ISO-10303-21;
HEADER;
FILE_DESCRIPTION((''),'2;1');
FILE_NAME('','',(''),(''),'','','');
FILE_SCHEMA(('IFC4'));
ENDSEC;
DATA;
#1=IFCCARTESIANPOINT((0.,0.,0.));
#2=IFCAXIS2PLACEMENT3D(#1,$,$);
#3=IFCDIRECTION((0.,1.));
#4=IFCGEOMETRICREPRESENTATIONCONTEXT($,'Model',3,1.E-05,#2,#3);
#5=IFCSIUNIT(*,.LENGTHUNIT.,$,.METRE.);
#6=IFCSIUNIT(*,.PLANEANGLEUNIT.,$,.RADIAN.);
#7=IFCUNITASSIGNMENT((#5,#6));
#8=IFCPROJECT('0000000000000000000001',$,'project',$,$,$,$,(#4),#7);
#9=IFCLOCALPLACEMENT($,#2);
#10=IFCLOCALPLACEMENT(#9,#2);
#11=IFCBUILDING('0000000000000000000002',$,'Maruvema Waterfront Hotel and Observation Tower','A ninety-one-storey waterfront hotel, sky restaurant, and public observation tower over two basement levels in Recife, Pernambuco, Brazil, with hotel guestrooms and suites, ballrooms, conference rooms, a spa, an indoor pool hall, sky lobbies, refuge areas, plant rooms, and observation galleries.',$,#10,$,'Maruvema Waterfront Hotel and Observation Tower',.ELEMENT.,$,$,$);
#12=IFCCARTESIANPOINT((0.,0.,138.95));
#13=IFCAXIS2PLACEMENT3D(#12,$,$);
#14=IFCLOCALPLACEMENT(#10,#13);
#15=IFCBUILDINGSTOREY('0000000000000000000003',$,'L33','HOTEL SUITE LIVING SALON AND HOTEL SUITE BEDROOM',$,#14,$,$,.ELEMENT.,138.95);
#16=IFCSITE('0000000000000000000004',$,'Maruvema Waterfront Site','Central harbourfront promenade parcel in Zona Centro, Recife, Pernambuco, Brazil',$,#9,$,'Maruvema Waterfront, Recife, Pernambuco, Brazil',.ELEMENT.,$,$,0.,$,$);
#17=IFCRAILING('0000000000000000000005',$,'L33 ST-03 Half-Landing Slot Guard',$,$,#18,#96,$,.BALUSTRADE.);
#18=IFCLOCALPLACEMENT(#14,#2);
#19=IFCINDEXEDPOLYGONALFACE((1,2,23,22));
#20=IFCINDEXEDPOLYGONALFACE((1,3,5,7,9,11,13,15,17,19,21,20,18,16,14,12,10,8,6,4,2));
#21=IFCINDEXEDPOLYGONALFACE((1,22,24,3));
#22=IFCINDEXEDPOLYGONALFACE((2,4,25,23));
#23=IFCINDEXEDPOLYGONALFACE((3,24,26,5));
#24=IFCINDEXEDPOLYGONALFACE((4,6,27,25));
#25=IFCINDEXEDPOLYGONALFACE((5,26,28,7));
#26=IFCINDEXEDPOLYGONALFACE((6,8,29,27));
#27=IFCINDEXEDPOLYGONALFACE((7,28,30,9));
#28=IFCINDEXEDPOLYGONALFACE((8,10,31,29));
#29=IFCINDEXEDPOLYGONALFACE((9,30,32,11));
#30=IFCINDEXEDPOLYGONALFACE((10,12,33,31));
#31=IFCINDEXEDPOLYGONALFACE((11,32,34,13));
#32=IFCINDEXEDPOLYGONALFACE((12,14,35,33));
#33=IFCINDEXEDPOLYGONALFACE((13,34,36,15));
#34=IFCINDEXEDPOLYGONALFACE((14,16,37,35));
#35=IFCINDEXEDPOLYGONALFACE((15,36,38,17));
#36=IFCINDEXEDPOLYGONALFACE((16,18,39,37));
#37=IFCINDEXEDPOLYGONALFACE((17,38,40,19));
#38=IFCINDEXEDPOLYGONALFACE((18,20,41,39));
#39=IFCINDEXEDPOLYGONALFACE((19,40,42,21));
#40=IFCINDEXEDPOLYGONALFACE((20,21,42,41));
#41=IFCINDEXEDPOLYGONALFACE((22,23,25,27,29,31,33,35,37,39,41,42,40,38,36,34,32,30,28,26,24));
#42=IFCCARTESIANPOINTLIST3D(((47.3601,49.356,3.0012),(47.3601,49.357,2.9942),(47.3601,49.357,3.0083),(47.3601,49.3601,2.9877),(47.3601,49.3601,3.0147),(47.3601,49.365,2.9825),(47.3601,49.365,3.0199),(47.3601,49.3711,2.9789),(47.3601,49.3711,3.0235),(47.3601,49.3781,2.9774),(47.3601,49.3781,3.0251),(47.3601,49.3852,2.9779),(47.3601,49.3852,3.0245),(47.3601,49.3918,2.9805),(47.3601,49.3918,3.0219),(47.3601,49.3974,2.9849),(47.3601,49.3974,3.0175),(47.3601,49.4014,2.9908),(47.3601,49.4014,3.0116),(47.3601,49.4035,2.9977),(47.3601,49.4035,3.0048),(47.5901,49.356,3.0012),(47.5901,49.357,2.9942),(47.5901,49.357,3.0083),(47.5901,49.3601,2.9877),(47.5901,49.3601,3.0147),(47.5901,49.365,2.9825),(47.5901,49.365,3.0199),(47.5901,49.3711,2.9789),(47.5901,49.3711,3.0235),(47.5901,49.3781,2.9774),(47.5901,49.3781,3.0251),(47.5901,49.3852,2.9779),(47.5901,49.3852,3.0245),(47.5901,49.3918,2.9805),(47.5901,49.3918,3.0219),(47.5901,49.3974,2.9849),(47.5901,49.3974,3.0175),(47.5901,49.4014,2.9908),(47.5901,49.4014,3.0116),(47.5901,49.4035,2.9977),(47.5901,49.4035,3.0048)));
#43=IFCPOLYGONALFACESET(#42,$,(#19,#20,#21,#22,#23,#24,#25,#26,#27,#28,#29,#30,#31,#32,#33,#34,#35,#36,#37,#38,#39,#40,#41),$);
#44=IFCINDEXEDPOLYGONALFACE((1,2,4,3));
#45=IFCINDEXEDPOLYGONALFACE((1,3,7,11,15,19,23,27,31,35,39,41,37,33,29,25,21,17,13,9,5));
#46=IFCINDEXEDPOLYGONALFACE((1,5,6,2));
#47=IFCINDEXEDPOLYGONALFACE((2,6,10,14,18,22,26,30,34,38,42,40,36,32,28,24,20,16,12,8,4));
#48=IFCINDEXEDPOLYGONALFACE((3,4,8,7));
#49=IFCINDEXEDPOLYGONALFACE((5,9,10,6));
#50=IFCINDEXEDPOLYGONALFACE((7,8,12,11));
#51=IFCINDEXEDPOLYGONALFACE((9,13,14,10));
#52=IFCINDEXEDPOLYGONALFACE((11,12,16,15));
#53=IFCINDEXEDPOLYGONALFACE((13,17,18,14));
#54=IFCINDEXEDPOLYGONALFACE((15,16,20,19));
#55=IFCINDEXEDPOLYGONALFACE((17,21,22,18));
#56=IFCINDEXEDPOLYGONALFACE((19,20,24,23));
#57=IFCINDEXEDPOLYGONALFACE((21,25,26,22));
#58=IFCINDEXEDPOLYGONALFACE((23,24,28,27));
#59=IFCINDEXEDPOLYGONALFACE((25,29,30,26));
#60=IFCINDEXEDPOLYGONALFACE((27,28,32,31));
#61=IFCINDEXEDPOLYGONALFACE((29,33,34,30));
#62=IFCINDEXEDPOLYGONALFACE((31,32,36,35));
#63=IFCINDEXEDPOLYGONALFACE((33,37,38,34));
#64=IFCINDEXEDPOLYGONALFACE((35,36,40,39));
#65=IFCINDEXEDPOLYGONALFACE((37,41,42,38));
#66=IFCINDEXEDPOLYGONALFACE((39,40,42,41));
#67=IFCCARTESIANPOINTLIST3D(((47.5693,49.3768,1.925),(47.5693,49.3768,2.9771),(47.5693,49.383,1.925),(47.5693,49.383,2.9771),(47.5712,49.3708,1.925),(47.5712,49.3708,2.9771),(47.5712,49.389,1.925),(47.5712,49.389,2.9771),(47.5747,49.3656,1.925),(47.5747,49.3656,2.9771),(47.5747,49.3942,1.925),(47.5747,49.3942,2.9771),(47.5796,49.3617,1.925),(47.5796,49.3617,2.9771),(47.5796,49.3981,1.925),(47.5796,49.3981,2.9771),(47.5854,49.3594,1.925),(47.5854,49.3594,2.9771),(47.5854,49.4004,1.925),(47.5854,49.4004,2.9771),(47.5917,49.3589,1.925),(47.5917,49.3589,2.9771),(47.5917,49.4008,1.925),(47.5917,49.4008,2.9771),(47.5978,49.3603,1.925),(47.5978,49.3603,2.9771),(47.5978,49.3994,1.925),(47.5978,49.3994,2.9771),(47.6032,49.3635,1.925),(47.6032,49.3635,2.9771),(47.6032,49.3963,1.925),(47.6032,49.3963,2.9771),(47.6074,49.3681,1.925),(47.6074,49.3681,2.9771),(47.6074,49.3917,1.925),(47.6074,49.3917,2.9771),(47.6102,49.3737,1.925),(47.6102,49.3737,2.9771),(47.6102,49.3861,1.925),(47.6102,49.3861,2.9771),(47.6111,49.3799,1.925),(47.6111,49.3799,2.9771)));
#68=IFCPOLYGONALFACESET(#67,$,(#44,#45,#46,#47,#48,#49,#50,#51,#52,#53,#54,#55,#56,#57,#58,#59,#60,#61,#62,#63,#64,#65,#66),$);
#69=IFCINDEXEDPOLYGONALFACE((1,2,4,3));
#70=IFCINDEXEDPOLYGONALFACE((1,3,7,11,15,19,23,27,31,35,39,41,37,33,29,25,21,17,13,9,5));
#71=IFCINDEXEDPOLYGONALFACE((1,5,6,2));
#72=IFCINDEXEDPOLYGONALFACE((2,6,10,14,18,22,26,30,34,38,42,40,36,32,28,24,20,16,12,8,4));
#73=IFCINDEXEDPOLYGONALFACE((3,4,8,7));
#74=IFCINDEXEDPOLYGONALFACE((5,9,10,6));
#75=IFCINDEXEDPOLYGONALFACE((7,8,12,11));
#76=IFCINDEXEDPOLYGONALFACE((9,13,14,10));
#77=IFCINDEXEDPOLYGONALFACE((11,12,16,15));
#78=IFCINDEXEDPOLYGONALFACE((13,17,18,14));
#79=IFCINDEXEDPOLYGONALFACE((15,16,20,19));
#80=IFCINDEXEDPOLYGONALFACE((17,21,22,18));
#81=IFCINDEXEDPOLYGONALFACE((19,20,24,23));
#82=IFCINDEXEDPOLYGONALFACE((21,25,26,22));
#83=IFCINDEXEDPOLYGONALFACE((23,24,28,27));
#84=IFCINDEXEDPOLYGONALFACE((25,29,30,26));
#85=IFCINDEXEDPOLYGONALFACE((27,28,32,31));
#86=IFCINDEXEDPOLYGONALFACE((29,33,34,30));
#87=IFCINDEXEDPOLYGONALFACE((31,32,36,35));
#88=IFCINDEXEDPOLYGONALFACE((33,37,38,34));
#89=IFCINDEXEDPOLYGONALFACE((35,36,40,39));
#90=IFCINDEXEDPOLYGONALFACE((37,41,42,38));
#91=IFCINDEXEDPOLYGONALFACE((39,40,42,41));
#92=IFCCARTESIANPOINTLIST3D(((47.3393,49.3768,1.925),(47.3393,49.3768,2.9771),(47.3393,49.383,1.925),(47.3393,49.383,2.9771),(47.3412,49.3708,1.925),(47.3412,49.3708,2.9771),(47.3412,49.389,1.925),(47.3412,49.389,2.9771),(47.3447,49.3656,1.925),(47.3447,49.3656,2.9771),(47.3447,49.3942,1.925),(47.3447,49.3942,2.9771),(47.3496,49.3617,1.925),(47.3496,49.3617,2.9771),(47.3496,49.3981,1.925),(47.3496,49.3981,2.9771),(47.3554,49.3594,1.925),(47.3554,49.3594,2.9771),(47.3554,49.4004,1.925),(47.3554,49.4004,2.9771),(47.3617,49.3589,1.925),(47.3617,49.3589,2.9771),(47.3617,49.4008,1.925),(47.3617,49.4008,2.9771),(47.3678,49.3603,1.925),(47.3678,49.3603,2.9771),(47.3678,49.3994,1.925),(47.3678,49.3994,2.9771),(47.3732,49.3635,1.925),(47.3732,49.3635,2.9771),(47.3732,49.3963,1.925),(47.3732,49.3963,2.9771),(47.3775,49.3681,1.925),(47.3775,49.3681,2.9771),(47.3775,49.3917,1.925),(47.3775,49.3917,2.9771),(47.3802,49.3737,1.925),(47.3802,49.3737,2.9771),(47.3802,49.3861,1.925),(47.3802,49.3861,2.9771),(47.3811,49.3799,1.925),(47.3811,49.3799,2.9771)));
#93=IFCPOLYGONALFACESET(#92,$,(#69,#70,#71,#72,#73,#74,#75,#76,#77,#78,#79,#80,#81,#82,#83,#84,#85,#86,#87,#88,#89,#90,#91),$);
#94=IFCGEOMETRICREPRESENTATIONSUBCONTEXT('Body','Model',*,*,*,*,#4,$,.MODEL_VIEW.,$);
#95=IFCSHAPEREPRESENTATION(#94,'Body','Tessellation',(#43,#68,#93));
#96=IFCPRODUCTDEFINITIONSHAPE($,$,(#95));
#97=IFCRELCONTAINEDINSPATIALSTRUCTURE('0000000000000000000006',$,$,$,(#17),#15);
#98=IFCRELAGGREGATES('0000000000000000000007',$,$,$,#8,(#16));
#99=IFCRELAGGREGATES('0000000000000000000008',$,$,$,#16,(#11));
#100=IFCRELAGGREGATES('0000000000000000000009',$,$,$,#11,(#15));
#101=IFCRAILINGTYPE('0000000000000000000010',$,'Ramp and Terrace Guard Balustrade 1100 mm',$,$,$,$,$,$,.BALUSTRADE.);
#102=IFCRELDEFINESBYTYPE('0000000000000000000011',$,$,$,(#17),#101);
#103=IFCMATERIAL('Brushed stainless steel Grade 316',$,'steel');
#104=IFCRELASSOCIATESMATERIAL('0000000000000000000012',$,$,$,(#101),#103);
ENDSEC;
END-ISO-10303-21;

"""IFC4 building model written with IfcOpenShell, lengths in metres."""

from ifc_helpers import new_model, si_unit, direction, frame, origin, origin_2d, place, context, subcontext, project, spatial, circle, extrude, material, type_object, element, save


model = new_model("IFC4")

# Units and contexts
model_context = context("Model", 3, precision=1e-05, world=origin(), true_north=direction((0.0, 1.0)))
body_context = subcontext(model_context, "Body", "Model", "MODEL_VIEW")
ifc_project = project(units=[si_unit("LENGTHUNIT", "METRE"), si_unit("PLANEANGLEUNIT", "RADIAN")], contexts=[model_context])

# Site, building, storey
site_placement = place(None, origin())
site = spatial("IfcSite", under=ifc_project, at=site_placement, Name="Maruvema Waterfront Site", Description="Central harbourfront promenade parcel in Zona Centro, Recife, Pernambuco, Brazil", LongName="Maruvema Waterfront, Recife, Pernambuco, Brazil", CompositionType="ELEMENT", RefElevation=0.0)
building_placement = place(site_placement, origin())
building = spatial("IfcBuilding", under=site, at=building_placement, Name="Maruvema Waterfront Hotel and Observation Tower", Description="A ninety-one-storey waterfront hotel, sky restaurant, and public observation tower over two basement levels in Recife, Pernambuco, Brazil, with hotel guestrooms and suites, ballrooms, conference rooms, a spa, an indoor pool hall, sky lobbies, refuge areas, plant rooms, and observation galleries.", LongName="Maruvema Waterfront Hotel and Observation Tower", CompositionType="ELEMENT")
storey_placement = place(building_placement, frame((0.0, 0.0, 138.95)))
storey = spatial("IfcBuildingStorey", under=building, at=storey_placement, Name="L33", Description="HOTEL SUITE LIVING SALON AND HOTEL SUITE BEDROOM", CompositionType="ELEMENT", Elevation=138.95)

# Railing
ifc_material_1 = material(Name="Brushed stainless steel Grade 316", Category="steel")
railing_type_1 = type_object("IfcRailingType", Name="Ramp and Terrace Guard Balustrade 1100 mm", PredefinedType="BALUSTRADE", material=ifc_material_1)
railing_1_placement = place(storey_placement, frame((47.5901, 49.3799, 1.925)))
element("IfcRailing", 1, at=railing_1_placement, inside=storey, type_object=railing_type_1, Name="L33 ST-03 Half-Landing Slot Guard", PredefinedType="BALUSTRADE", context=body_context, shape_type="SweptSolid", body=[
    extrude(circle(Radius=0.0239, at=origin_2d()), frame((0.0, 0.0, 1.0762), z_axis=(-1.0, 0.0, 0.0), x_axis=(0.0, -1.0, 0.0)), (0.0, 0.0, 1.0), 0.23),
    extrude(circle(Radius=0.021, at=origin_2d()), origin(), (0.0, 0.0, 1.0), 1.052),
    extrude(circle(Radius=0.021, at=origin_2d()), frame((-0.23, 0.0, 0.0)), (0.0, 0.0, 1.0), 1.052),
])

save(model, "model.ifc")
